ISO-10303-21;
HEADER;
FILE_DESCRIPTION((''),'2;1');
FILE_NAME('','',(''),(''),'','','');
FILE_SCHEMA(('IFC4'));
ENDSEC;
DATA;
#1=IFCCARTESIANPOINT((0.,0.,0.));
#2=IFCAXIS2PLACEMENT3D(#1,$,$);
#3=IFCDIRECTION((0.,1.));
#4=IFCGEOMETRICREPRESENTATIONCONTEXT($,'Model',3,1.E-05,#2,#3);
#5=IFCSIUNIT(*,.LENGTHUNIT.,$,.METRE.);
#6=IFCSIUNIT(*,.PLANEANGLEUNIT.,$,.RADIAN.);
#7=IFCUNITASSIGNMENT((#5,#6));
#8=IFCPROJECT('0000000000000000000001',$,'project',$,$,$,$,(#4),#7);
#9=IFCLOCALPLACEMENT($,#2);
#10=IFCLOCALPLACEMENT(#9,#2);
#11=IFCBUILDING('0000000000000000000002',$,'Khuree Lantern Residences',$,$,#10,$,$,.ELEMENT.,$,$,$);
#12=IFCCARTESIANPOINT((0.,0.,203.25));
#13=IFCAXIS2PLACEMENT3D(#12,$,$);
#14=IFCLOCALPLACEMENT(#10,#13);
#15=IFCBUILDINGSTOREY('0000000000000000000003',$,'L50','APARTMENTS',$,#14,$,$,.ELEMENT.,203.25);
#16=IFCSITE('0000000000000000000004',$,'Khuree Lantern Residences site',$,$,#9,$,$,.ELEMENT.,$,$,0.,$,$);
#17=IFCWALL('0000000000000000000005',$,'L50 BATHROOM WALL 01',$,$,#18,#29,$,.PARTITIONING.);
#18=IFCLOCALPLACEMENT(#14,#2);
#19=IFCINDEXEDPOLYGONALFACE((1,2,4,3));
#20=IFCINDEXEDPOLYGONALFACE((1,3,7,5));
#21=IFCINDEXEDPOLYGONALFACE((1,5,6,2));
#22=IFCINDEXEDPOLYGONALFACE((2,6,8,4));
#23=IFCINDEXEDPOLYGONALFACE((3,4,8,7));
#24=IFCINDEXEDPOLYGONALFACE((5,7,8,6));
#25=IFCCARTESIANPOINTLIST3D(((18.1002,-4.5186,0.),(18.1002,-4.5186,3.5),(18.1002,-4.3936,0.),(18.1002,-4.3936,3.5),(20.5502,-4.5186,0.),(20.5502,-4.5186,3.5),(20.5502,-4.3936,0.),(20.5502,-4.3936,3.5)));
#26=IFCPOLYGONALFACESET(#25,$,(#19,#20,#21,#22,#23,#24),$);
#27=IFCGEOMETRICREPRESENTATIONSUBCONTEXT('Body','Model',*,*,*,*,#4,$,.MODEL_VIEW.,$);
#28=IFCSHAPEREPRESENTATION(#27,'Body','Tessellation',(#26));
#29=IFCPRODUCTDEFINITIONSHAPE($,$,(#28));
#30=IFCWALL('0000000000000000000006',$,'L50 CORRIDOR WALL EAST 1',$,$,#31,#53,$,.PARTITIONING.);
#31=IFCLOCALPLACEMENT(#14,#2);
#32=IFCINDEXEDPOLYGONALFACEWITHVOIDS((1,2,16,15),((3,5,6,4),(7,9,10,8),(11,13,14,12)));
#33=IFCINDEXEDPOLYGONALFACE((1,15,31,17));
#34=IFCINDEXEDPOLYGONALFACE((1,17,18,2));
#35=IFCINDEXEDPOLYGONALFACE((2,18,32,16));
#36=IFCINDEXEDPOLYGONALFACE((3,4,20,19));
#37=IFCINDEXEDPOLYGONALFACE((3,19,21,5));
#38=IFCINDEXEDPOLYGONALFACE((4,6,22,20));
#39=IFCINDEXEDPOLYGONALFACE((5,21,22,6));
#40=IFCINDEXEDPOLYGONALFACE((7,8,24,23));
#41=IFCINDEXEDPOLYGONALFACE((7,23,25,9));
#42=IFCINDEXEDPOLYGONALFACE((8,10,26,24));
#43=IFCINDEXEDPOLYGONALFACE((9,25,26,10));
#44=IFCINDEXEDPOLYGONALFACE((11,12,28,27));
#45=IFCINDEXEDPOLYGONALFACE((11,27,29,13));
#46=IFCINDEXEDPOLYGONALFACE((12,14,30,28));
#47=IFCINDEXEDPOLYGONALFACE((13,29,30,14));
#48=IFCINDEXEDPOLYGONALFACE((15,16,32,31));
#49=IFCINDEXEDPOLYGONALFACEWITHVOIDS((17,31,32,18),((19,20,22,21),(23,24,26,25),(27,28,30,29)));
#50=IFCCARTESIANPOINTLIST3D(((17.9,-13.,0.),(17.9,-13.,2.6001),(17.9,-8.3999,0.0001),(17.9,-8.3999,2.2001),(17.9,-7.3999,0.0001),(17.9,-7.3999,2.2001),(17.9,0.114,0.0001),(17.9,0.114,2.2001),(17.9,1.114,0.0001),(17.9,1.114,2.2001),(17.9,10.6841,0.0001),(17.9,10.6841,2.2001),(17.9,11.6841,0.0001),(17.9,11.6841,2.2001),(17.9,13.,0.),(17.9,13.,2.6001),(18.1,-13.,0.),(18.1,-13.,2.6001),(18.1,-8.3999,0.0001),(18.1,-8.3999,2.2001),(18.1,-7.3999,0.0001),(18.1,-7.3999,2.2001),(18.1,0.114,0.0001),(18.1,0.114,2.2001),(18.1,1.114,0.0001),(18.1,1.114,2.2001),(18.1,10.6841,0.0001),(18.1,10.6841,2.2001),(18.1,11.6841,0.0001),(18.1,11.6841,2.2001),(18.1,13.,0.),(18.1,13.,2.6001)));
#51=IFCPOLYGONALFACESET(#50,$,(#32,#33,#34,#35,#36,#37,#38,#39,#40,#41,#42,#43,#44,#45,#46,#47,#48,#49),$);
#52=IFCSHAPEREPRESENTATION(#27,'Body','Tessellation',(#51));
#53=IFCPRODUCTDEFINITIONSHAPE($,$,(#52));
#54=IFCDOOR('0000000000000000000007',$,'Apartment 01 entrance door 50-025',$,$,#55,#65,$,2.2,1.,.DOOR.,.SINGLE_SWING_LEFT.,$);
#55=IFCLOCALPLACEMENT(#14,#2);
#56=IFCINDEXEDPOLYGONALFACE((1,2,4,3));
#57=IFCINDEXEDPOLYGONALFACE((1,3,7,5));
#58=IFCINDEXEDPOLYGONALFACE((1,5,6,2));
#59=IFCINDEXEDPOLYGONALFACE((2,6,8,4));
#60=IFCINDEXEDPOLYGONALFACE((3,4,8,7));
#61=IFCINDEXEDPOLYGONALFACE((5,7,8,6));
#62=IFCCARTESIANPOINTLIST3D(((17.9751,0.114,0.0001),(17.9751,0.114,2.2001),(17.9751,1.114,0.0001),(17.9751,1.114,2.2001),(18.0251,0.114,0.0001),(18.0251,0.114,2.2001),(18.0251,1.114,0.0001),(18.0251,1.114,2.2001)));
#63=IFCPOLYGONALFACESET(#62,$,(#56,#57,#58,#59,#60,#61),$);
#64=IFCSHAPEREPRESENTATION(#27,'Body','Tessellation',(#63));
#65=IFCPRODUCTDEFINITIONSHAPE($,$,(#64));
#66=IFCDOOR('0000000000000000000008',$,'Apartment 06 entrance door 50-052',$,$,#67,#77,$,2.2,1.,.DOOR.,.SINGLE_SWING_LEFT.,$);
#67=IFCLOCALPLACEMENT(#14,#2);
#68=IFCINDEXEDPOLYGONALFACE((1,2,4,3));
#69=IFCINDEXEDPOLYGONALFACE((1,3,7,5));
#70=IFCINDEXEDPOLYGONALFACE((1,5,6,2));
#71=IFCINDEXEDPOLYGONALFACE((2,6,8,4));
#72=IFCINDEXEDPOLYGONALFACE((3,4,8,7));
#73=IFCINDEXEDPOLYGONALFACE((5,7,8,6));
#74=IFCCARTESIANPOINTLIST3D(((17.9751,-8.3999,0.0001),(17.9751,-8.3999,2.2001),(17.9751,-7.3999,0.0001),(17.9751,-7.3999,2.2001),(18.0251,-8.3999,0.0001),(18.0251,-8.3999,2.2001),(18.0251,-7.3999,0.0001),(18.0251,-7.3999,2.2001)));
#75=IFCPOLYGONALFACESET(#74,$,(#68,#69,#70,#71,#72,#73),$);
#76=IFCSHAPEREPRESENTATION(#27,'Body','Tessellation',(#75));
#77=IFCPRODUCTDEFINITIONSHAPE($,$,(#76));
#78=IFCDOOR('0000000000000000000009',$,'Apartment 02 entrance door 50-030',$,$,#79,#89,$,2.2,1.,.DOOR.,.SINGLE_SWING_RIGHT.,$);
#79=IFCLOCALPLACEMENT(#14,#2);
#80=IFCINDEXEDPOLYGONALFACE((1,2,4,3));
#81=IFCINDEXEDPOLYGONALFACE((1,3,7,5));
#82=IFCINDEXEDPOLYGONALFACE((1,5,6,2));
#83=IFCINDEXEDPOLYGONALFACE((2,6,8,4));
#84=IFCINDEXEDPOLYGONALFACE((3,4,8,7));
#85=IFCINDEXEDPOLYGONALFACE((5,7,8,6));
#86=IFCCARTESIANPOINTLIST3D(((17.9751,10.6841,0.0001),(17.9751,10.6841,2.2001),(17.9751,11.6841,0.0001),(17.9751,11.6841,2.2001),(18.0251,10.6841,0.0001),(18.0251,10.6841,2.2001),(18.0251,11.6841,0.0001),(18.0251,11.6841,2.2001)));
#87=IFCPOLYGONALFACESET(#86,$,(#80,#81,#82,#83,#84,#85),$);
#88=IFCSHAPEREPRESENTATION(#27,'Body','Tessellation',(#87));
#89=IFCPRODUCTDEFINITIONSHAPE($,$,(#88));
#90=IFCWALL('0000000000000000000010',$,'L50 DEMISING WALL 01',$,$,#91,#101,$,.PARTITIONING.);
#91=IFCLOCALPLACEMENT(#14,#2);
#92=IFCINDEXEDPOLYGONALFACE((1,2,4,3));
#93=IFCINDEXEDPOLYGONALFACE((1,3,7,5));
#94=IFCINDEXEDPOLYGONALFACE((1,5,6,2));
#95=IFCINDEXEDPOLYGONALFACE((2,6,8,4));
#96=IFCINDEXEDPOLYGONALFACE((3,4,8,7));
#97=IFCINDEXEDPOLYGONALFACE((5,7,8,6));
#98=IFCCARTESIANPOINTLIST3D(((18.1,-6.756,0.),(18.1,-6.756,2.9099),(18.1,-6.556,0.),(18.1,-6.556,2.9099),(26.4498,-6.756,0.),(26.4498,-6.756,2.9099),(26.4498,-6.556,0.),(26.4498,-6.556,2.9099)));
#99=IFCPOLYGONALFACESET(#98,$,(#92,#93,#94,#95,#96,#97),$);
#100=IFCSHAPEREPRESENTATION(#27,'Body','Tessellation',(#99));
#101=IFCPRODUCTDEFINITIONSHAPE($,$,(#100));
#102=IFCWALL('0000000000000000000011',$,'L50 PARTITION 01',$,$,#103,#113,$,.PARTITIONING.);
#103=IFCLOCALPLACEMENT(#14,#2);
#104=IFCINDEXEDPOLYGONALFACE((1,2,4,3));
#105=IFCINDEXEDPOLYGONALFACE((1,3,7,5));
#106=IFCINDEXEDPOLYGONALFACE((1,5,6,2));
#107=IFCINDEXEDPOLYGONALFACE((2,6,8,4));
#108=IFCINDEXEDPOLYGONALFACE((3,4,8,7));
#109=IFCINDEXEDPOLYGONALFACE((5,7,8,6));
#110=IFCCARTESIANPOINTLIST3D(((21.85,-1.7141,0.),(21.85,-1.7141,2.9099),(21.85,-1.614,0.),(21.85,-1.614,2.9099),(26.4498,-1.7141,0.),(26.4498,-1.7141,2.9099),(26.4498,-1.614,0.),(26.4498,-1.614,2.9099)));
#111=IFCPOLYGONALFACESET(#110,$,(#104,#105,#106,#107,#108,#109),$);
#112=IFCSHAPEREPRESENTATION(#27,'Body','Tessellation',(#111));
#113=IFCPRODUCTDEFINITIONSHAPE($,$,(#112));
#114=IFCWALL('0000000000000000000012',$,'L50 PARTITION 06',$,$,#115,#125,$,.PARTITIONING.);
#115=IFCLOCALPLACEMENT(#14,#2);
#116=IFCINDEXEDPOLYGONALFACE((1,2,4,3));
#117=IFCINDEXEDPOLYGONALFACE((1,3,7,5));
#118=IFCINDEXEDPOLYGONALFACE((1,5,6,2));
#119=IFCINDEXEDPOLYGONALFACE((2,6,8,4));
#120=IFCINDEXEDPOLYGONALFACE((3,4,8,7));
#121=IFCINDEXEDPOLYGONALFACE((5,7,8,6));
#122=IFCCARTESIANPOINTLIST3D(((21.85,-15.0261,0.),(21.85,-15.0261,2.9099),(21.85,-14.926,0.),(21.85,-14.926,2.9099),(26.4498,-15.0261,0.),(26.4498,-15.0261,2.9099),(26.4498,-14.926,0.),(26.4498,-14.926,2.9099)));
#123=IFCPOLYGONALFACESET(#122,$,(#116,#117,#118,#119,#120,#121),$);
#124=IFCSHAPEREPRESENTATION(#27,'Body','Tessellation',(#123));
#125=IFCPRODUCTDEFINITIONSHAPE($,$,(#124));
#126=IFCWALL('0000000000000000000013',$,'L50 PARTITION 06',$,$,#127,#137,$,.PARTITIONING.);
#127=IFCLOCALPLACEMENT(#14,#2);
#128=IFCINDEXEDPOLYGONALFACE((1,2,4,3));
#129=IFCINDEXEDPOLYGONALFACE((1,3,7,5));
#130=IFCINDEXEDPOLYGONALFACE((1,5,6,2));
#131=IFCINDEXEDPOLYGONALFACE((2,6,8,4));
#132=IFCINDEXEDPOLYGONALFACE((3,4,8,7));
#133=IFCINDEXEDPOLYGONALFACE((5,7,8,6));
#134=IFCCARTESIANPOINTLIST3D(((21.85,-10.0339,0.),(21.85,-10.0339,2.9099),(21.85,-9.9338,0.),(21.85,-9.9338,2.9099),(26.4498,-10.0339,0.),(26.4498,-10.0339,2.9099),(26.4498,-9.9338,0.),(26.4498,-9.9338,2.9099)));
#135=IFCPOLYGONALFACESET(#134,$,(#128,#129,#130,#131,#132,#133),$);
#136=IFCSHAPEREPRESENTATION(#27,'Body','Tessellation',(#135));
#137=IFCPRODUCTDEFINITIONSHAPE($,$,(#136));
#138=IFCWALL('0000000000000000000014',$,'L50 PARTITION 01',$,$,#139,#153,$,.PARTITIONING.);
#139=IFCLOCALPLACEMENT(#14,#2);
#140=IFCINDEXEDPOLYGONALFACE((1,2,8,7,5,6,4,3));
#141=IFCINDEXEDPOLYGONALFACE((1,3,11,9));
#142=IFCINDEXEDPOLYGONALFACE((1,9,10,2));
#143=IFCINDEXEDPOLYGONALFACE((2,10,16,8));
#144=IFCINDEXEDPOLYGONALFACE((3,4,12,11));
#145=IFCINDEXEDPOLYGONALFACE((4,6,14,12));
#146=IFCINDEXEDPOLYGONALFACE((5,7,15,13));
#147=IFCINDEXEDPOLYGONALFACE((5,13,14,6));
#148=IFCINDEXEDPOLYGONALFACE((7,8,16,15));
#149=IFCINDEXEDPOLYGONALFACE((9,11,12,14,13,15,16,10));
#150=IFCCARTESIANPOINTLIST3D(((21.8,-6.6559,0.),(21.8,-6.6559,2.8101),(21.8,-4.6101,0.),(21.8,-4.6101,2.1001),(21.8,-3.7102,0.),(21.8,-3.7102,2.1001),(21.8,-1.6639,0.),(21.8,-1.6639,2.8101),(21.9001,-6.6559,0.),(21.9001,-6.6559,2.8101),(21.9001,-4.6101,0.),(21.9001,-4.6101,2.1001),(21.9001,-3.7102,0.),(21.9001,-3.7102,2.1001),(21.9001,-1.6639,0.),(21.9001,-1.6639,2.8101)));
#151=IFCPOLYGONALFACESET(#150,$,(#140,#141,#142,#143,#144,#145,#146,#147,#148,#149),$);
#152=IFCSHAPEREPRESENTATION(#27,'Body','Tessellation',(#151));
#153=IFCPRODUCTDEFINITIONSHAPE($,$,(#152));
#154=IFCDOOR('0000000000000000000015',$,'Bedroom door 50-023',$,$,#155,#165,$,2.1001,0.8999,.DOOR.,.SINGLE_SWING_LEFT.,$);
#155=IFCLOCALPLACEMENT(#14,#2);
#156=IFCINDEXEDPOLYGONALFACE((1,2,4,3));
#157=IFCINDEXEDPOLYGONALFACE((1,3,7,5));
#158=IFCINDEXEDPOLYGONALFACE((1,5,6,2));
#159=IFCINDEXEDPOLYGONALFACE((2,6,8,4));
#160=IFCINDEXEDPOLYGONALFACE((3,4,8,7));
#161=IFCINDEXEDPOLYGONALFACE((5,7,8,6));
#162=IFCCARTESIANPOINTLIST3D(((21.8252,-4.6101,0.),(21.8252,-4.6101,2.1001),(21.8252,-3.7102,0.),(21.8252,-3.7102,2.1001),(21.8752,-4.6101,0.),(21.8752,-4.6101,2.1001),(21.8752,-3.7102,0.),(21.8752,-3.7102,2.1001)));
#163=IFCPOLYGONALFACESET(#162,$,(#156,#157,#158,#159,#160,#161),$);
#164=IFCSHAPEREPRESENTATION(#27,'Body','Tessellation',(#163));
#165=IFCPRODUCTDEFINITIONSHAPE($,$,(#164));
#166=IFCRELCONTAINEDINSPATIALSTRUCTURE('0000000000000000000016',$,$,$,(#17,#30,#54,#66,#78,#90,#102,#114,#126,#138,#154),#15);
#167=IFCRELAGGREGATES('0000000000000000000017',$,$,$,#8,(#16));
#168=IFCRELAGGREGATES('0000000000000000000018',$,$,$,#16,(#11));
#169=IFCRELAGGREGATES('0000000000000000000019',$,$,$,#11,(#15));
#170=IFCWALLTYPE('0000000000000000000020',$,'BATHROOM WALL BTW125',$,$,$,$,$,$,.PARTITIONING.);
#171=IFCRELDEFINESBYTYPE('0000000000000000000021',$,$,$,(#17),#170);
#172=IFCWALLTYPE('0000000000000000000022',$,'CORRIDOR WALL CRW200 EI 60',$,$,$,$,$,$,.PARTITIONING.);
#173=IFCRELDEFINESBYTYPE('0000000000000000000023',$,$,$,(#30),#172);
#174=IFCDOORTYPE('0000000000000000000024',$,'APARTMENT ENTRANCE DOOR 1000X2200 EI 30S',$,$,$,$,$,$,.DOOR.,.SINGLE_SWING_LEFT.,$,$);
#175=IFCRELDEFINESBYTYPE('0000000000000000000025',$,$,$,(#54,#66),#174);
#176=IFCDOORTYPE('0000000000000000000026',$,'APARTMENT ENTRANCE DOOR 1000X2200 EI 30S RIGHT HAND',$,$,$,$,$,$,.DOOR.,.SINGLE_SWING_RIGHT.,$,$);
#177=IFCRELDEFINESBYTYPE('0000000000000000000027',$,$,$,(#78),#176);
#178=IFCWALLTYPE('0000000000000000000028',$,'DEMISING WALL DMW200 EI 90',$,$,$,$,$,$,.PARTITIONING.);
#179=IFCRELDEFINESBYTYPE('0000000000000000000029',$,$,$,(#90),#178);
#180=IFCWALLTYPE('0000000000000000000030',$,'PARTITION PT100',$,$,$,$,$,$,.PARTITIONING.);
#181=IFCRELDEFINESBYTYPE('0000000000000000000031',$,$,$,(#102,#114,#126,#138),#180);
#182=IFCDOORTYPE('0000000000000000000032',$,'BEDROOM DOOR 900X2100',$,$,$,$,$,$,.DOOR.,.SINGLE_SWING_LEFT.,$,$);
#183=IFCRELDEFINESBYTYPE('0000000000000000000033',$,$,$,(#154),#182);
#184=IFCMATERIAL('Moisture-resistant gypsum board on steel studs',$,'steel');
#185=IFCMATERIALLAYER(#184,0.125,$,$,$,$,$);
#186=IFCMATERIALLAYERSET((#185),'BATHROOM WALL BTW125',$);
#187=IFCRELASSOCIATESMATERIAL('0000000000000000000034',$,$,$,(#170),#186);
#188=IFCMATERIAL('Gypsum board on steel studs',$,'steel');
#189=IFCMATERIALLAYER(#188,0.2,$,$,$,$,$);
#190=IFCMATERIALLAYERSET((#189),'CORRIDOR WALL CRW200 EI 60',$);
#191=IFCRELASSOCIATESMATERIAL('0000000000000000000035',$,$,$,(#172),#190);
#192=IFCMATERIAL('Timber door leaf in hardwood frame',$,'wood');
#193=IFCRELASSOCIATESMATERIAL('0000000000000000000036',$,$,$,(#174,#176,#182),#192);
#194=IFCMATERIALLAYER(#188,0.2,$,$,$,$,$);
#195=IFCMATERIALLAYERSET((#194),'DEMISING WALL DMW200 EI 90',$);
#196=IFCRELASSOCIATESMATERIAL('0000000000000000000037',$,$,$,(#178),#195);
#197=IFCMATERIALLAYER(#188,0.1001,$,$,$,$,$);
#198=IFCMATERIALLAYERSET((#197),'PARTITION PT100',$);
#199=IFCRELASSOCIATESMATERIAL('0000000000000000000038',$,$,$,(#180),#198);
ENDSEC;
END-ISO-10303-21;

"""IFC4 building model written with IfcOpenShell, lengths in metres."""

from ifc_helpers import new_model, si_unit, direction, frame, frame_2d, origin, place, context, subcontext, project, spatial, rectangle, extrude, material, layer, layer_set, type_object, element, fill, save


model = new_model("IFC4")

# Units and contexts
model_context = context("Model", 3, precision=1e-05, world=origin(), true_north=direction((0.0, 1.0)))
body_context = subcontext(model_context, "Body", "Model", "MODEL_VIEW")
ifc_project = project(units=[si_unit("LENGTHUNIT", "METRE"), si_unit("PLANEANGLEUNIT", "RADIAN")], contexts=[model_context])

# Site, building, storey
site_placement = place(None, origin())
site = spatial("IfcSite", under=ifc_project, at=site_placement, Name="Khuree Lantern Residences site", CompositionType="ELEMENT", RefElevation=0.0)
building_placement = place(site_placement, origin())
building = spatial("IfcBuilding", under=site, at=building_placement, Name="Khuree Lantern Residences", CompositionType="ELEMENT")
storey_placement = place(building_placement, frame((0.0, 0.0, 203.25)))
storey = spatial("IfcBuildingStorey", under=building, at=storey_placement, Name="L50", Description="APARTMENTS", CompositionType="ELEMENT", Elevation=203.25)

# Shared definitions
ifc_material_1 = material(Name="Moisture-resistant gypsum board on steel studs", Category="steel")
ifc_layer_1 = layer(ifc_material_1, 0.125)
ifc_layer_set_1 = layer_set([ifc_layer_1], Name="BATHROOM WALL BTW125")
wall_type_1 = type_object("IfcWallType", Name="BATHROOM WALL BTW125", PredefinedType="PARTITIONING", material=ifc_layer_set_1)
ifc_material_2 = material(Name="Timber door leaf in hardwood frame", Category="wood")

# Wall
wall_1_placement = place(storey_placement, frame((18.1001, -4.4561, 0.0), z_axis=(0.0, 0.0, 1.0), x_axis=(1.0, 0.0, 0.0)))
element("IfcWall", 1, at=wall_1_placement, inside=storey, type_object=wall_type_1, Name="L50 BATHROOM WALL 01", PredefinedType="PARTITIONING", context=body_context, shape_type="SweptSolid", body=[
    extrude(rectangle(XDim=2.45, YDim=0.125, at=frame_2d((1.2251, 0.0))), origin(), (0.0, 0.0, 1.0), 3.5),
])

# Wall, openings, doors
ifc_material_3 = material(Name="Gypsum board on steel studs", Category="steel")
ifc_layer_2 = layer(ifc_material_3, 0.2)
ifc_layer_set_2 = layer_set([ifc_layer_2], Name="CORRIDOR WALL CRW200 EI 60")
wall_type_2 = type_object("IfcWallType", Name="CORRIDOR WALL CRW200 EI 60", PredefinedType="PARTITIONING", material=ifc_layer_set_2)
wall_2_placement = place(storey_placement, frame((18.0, -13.0, 0.0), z_axis=(0.0, 0.0, 1.0), x_axis=(0.0, 1.0, 0.0)))
wall_2 = element("IfcWall", 2, at=wall_2_placement, inside=storey, type_object=wall_type_2, Name="L50 CORRIDOR WALL EAST 1", PredefinedType="PARTITIONING", context=body_context, shape_type="SweptSolid", body=[
    extrude(rectangle(XDim=26.0, YDim=0.2, at=frame_2d((13.0, 0.0))), origin(), (0.0, 0.0, 1.0), 2.6001),
])
opening_1_placement = place(wall_2_placement, frame((13.114, 0.0, 0.0)))
opening_1 = element("IfcOpeningElement", 3, at=opening_1_placement, cuts=wall_2, PredefinedType="OPENING", context=body_context, shape_type="SweptSolid", body=[
    extrude(rectangle(XDim=1.0, YDim=2.2, at=frame_2d((0.5, 1.1001))), frame((0.0, 0.1099, 0.0), z_axis=(0.0, -1.0, 0.0), x_axis=(1.0, 0.0, 0.0)), (0.0, 0.0, 1.0), 0.22),
])
opening_2_placement = place(wall_2_placement, frame((23.6841, 0.0, 0.0)))
opening_2 = element("IfcOpeningElement", 4, at=opening_2_placement, cuts=wall_2, PredefinedType="OPENING", context=body_context, shape_type="SweptSolid", body=[
    extrude(rectangle(XDim=1.0, YDim=2.2, at=frame_2d((0.5, 1.1001))), frame((0.0, 0.1099, 0.0), z_axis=(0.0, -1.0, 0.0), x_axis=(1.0, 0.0, 0.0)), (0.0, 0.0, 1.0), 0.22),
])
opening_3_placement = place(wall_2_placement, frame((4.6001, 0.0, 0.0)))
opening_3 = element("IfcOpeningElement", 5, at=opening_3_placement, cuts=wall_2, PredefinedType="OPENING", context=body_context, shape_type="SweptSolid", body=[
    extrude(rectangle(XDim=1.0, YDim=2.2, at=frame_2d((0.5, 1.1001))), frame((0.0, 0.1099, 0.0), z_axis=(0.0, -1.0, 0.0), x_axis=(1.0, 0.0, 0.0)), (0.0, 0.0, 1.0), 0.22),
])
door_type_1 = type_object("IfcDoorType", Name="APARTMENT ENTRANCE DOOR 1000X2200 EI 30S", OperationType="SINGLE_SWING_LEFT", PredefinedType="DOOR", material=ifc_material_2)
door_1_placement = place(opening_1_placement, origin())
door_1 = element("IfcDoor", 6, at=door_1_placement, inside=storey, type_object=door_type_1, Name="Apartment 01 entrance door 50-025", OperationType="SINGLE_SWING_LEFT", OverallHeight=2.2, OverallWidth=1.0, PredefinedType="DOOR", context=body_context, shape_type="SweptSolid", body=[
    extrude(rectangle(XDim=1.0, YDim=2.2, at=frame_2d((0.5, 1.1001))), frame((0.0, 0.0249, 0.0), z_axis=(0.0, -1.0, 0.0), x_axis=(1.0, 0.0, 0.0)), (0.0, 0.0, 1.0), 0.05),
])
fill(opening_1, door_1)
door_2_placement = place(opening_3_placement, origin())
door_2 = element("IfcDoor", 7, at=door_2_placement, inside=storey, type_object=door_type_1, Name="Apartment 06 entrance door 50-052", OperationType="SINGLE_SWING_LEFT", OverallHeight=2.2, OverallWidth=1.0, PredefinedType="DOOR", context=body_context, shape_type="SweptSolid", body=[
    extrude(rectangle(XDim=1.0, YDim=2.2, at=frame_2d((0.5, 1.1001))), frame((0.0, 0.0249, 0.0), z_axis=(0.0, -1.0, 0.0), x_axis=(1.0, 0.0, 0.0)), (0.0, 0.0, 1.0), 0.05),
])
fill(opening_3, door_2)
door_type_2 = type_object("IfcDoorType", Name="APARTMENT ENTRANCE DOOR 1000X2200 EI 30S RIGHT HAND", OperationType="SINGLE_SWING_RIGHT", PredefinedType="DOOR", material=ifc_material_2)
door_3_placement = place(opening_2_placement, origin())
door_3 = element("IfcDoor", 8, at=door_3_placement, inside=storey, type_object=door_type_2, Name="Apartment 02 entrance door 50-030", OperationType="SINGLE_SWING_RIGHT", OverallHeight=2.2, OverallWidth=1.0, PredefinedType="DOOR", context=body_context, shape_type="SweptSolid", body=[
    extrude(rectangle(XDim=1.0, YDim=2.2, at=frame_2d((0.5, 1.1001))), frame((0.0, 0.0249, 0.0), z_axis=(0.0, -1.0, 0.0), x_axis=(1.0, 0.0, 0.0)), (0.0, 0.0, 1.0), 0.05),
])
fill(opening_2, door_3)

# Walls
ifc_layer_3 = layer(ifc_material_3, 0.2)
ifc_layer_set_3 = layer_set([ifc_layer_3], Name="DEMISING WALL DMW200 EI 90")
wall_type_3 = type_object("IfcWallType", Name="DEMISING WALL DMW200 EI 90", PredefinedType="PARTITIONING", material=ifc_layer_set_3)
wall_3_placement = place(storey_placement, frame((18.1001, -6.656, 0.0), z_axis=(0.0, 0.0, 1.0), x_axis=(1.0, 0.0, 0.0)))
element("IfcWall", 9, at=wall_3_placement, inside=storey, type_object=wall_type_3, Name="L50 DEMISING WALL 01", PredefinedType="PARTITIONING", context=body_context, shape_type="SweptSolid", body=[
    extrude(rectangle(XDim=8.3499, YDim=0.2, at=frame_2d((4.1748, 0.0))), origin(), (0.0, 0.0, 1.0), 2.9099),
])
ifc_layer_4 = layer(ifc_material_3, 0.1001)
ifc_layer_set_4 = layer_set([ifc_layer_4], Name="PARTITION PT100")
wall_type_4 = type_object("IfcWallType", Name="PARTITION PT100", PredefinedType="PARTITIONING", material=ifc_layer_set_4)
for number, where, z_axis, x_axis, name in (
    (10, (21.8501, -1.6641, 0.0), (0.0, 0.0, 1.0), (1.0, 0.0, 0.0), "L50 PARTITION 01"),
    (11, (21.8501, -14.9761, 0.0), (0.0, 0.0, 1.0), (1.0, 0.0, 0.0), "L50 PARTITION 06"),
    (12, (21.8501, -9.9839, 0.0), (0.0, 0.0, 1.0), (1.0, 0.0, 0.0), "L50 PARTITION 06"),
):
    element("IfcWall", number, at=place(storey_placement, frame(where, z_axis=z_axis, x_axis=x_axis)), inside=storey, type_object=wall_type_4, Name=name, PredefinedType="PARTITIONING", context=body_context, shape_type="SweptSolid", body=[
        extrude(rectangle(XDim=4.5999, YDim=0.1001, at=frame_2d((2.2998, 0.0))), origin(), (0.0, 0.0, 1.0), 2.9099),
    ])

# Wall, opening, door
wall_4_placement = place(storey_placement, frame((21.8501, -6.656, 0.0), z_axis=(0.0, 0.0, 1.0), x_axis=(0.0, 1.0, 0.0)))
wall_4 = element("IfcWall", 13, at=wall_4_placement, inside=storey, type_object=wall_type_4, Name="L50 PARTITION 01", PredefinedType="PARTITIONING", context=body_context, shape_type="SweptSolid", body=[
    extrude(rectangle(XDim=4.9919, YDim=0.1001, at=frame_2d((2.4961, 0.0))), origin(), (0.0, 0.0, 1.0), 2.8101),
])
opening_4_placement = place(wall_4_placement, frame((2.0459, 0.0, 0.0)))
opening_4 = element("IfcOpeningElement", 14, at=opening_4_placement, cuts=wall_4, PredefinedType="OPENING", context=body_context, shape_type="SweptSolid", body=[
    extrude(rectangle(XDim=0.8999, YDim=2.1001, at=frame_2d((0.45, 1.05))), frame((0.0, 0.0601, 0.0), z_axis=(0.0, -1.0, 0.0), x_axis=(1.0, 0.0, 0.0)), (0.0, 0.0, 1.0), 0.1201),
])
door_type_3 = type_object("IfcDoorType", Name="BEDROOM DOOR 900X2100", OperationType="SINGLE_SWING_LEFT", PredefinedType="DOOR", material=ifc_material_2)
door_4_placement = place(opening_4_placement, origin())
door_4 = element("IfcDoor", 15, at=door_4_placement, inside=storey, type_object=door_type_3, Name="Bedroom door 50-023", OperationType="SINGLE_SWING_LEFT", OverallHeight=2.1001, OverallWidth=0.8999, PredefinedType="DOOR", context=body_context, shape_type="SweptSolid", body=[
    extrude(rectangle(XDim=0.8999, YDim=2.1001, at=frame_2d((0.45, 1.05))), frame((0.0, 0.0249, 0.0), z_axis=(0.0, -1.0, 0.0), x_axis=(1.0, 0.0, 0.0)), (0.0, 0.0, 1.0), 0.05),
])
fill(opening_4, door_4)

save(model, "model.ifc")
